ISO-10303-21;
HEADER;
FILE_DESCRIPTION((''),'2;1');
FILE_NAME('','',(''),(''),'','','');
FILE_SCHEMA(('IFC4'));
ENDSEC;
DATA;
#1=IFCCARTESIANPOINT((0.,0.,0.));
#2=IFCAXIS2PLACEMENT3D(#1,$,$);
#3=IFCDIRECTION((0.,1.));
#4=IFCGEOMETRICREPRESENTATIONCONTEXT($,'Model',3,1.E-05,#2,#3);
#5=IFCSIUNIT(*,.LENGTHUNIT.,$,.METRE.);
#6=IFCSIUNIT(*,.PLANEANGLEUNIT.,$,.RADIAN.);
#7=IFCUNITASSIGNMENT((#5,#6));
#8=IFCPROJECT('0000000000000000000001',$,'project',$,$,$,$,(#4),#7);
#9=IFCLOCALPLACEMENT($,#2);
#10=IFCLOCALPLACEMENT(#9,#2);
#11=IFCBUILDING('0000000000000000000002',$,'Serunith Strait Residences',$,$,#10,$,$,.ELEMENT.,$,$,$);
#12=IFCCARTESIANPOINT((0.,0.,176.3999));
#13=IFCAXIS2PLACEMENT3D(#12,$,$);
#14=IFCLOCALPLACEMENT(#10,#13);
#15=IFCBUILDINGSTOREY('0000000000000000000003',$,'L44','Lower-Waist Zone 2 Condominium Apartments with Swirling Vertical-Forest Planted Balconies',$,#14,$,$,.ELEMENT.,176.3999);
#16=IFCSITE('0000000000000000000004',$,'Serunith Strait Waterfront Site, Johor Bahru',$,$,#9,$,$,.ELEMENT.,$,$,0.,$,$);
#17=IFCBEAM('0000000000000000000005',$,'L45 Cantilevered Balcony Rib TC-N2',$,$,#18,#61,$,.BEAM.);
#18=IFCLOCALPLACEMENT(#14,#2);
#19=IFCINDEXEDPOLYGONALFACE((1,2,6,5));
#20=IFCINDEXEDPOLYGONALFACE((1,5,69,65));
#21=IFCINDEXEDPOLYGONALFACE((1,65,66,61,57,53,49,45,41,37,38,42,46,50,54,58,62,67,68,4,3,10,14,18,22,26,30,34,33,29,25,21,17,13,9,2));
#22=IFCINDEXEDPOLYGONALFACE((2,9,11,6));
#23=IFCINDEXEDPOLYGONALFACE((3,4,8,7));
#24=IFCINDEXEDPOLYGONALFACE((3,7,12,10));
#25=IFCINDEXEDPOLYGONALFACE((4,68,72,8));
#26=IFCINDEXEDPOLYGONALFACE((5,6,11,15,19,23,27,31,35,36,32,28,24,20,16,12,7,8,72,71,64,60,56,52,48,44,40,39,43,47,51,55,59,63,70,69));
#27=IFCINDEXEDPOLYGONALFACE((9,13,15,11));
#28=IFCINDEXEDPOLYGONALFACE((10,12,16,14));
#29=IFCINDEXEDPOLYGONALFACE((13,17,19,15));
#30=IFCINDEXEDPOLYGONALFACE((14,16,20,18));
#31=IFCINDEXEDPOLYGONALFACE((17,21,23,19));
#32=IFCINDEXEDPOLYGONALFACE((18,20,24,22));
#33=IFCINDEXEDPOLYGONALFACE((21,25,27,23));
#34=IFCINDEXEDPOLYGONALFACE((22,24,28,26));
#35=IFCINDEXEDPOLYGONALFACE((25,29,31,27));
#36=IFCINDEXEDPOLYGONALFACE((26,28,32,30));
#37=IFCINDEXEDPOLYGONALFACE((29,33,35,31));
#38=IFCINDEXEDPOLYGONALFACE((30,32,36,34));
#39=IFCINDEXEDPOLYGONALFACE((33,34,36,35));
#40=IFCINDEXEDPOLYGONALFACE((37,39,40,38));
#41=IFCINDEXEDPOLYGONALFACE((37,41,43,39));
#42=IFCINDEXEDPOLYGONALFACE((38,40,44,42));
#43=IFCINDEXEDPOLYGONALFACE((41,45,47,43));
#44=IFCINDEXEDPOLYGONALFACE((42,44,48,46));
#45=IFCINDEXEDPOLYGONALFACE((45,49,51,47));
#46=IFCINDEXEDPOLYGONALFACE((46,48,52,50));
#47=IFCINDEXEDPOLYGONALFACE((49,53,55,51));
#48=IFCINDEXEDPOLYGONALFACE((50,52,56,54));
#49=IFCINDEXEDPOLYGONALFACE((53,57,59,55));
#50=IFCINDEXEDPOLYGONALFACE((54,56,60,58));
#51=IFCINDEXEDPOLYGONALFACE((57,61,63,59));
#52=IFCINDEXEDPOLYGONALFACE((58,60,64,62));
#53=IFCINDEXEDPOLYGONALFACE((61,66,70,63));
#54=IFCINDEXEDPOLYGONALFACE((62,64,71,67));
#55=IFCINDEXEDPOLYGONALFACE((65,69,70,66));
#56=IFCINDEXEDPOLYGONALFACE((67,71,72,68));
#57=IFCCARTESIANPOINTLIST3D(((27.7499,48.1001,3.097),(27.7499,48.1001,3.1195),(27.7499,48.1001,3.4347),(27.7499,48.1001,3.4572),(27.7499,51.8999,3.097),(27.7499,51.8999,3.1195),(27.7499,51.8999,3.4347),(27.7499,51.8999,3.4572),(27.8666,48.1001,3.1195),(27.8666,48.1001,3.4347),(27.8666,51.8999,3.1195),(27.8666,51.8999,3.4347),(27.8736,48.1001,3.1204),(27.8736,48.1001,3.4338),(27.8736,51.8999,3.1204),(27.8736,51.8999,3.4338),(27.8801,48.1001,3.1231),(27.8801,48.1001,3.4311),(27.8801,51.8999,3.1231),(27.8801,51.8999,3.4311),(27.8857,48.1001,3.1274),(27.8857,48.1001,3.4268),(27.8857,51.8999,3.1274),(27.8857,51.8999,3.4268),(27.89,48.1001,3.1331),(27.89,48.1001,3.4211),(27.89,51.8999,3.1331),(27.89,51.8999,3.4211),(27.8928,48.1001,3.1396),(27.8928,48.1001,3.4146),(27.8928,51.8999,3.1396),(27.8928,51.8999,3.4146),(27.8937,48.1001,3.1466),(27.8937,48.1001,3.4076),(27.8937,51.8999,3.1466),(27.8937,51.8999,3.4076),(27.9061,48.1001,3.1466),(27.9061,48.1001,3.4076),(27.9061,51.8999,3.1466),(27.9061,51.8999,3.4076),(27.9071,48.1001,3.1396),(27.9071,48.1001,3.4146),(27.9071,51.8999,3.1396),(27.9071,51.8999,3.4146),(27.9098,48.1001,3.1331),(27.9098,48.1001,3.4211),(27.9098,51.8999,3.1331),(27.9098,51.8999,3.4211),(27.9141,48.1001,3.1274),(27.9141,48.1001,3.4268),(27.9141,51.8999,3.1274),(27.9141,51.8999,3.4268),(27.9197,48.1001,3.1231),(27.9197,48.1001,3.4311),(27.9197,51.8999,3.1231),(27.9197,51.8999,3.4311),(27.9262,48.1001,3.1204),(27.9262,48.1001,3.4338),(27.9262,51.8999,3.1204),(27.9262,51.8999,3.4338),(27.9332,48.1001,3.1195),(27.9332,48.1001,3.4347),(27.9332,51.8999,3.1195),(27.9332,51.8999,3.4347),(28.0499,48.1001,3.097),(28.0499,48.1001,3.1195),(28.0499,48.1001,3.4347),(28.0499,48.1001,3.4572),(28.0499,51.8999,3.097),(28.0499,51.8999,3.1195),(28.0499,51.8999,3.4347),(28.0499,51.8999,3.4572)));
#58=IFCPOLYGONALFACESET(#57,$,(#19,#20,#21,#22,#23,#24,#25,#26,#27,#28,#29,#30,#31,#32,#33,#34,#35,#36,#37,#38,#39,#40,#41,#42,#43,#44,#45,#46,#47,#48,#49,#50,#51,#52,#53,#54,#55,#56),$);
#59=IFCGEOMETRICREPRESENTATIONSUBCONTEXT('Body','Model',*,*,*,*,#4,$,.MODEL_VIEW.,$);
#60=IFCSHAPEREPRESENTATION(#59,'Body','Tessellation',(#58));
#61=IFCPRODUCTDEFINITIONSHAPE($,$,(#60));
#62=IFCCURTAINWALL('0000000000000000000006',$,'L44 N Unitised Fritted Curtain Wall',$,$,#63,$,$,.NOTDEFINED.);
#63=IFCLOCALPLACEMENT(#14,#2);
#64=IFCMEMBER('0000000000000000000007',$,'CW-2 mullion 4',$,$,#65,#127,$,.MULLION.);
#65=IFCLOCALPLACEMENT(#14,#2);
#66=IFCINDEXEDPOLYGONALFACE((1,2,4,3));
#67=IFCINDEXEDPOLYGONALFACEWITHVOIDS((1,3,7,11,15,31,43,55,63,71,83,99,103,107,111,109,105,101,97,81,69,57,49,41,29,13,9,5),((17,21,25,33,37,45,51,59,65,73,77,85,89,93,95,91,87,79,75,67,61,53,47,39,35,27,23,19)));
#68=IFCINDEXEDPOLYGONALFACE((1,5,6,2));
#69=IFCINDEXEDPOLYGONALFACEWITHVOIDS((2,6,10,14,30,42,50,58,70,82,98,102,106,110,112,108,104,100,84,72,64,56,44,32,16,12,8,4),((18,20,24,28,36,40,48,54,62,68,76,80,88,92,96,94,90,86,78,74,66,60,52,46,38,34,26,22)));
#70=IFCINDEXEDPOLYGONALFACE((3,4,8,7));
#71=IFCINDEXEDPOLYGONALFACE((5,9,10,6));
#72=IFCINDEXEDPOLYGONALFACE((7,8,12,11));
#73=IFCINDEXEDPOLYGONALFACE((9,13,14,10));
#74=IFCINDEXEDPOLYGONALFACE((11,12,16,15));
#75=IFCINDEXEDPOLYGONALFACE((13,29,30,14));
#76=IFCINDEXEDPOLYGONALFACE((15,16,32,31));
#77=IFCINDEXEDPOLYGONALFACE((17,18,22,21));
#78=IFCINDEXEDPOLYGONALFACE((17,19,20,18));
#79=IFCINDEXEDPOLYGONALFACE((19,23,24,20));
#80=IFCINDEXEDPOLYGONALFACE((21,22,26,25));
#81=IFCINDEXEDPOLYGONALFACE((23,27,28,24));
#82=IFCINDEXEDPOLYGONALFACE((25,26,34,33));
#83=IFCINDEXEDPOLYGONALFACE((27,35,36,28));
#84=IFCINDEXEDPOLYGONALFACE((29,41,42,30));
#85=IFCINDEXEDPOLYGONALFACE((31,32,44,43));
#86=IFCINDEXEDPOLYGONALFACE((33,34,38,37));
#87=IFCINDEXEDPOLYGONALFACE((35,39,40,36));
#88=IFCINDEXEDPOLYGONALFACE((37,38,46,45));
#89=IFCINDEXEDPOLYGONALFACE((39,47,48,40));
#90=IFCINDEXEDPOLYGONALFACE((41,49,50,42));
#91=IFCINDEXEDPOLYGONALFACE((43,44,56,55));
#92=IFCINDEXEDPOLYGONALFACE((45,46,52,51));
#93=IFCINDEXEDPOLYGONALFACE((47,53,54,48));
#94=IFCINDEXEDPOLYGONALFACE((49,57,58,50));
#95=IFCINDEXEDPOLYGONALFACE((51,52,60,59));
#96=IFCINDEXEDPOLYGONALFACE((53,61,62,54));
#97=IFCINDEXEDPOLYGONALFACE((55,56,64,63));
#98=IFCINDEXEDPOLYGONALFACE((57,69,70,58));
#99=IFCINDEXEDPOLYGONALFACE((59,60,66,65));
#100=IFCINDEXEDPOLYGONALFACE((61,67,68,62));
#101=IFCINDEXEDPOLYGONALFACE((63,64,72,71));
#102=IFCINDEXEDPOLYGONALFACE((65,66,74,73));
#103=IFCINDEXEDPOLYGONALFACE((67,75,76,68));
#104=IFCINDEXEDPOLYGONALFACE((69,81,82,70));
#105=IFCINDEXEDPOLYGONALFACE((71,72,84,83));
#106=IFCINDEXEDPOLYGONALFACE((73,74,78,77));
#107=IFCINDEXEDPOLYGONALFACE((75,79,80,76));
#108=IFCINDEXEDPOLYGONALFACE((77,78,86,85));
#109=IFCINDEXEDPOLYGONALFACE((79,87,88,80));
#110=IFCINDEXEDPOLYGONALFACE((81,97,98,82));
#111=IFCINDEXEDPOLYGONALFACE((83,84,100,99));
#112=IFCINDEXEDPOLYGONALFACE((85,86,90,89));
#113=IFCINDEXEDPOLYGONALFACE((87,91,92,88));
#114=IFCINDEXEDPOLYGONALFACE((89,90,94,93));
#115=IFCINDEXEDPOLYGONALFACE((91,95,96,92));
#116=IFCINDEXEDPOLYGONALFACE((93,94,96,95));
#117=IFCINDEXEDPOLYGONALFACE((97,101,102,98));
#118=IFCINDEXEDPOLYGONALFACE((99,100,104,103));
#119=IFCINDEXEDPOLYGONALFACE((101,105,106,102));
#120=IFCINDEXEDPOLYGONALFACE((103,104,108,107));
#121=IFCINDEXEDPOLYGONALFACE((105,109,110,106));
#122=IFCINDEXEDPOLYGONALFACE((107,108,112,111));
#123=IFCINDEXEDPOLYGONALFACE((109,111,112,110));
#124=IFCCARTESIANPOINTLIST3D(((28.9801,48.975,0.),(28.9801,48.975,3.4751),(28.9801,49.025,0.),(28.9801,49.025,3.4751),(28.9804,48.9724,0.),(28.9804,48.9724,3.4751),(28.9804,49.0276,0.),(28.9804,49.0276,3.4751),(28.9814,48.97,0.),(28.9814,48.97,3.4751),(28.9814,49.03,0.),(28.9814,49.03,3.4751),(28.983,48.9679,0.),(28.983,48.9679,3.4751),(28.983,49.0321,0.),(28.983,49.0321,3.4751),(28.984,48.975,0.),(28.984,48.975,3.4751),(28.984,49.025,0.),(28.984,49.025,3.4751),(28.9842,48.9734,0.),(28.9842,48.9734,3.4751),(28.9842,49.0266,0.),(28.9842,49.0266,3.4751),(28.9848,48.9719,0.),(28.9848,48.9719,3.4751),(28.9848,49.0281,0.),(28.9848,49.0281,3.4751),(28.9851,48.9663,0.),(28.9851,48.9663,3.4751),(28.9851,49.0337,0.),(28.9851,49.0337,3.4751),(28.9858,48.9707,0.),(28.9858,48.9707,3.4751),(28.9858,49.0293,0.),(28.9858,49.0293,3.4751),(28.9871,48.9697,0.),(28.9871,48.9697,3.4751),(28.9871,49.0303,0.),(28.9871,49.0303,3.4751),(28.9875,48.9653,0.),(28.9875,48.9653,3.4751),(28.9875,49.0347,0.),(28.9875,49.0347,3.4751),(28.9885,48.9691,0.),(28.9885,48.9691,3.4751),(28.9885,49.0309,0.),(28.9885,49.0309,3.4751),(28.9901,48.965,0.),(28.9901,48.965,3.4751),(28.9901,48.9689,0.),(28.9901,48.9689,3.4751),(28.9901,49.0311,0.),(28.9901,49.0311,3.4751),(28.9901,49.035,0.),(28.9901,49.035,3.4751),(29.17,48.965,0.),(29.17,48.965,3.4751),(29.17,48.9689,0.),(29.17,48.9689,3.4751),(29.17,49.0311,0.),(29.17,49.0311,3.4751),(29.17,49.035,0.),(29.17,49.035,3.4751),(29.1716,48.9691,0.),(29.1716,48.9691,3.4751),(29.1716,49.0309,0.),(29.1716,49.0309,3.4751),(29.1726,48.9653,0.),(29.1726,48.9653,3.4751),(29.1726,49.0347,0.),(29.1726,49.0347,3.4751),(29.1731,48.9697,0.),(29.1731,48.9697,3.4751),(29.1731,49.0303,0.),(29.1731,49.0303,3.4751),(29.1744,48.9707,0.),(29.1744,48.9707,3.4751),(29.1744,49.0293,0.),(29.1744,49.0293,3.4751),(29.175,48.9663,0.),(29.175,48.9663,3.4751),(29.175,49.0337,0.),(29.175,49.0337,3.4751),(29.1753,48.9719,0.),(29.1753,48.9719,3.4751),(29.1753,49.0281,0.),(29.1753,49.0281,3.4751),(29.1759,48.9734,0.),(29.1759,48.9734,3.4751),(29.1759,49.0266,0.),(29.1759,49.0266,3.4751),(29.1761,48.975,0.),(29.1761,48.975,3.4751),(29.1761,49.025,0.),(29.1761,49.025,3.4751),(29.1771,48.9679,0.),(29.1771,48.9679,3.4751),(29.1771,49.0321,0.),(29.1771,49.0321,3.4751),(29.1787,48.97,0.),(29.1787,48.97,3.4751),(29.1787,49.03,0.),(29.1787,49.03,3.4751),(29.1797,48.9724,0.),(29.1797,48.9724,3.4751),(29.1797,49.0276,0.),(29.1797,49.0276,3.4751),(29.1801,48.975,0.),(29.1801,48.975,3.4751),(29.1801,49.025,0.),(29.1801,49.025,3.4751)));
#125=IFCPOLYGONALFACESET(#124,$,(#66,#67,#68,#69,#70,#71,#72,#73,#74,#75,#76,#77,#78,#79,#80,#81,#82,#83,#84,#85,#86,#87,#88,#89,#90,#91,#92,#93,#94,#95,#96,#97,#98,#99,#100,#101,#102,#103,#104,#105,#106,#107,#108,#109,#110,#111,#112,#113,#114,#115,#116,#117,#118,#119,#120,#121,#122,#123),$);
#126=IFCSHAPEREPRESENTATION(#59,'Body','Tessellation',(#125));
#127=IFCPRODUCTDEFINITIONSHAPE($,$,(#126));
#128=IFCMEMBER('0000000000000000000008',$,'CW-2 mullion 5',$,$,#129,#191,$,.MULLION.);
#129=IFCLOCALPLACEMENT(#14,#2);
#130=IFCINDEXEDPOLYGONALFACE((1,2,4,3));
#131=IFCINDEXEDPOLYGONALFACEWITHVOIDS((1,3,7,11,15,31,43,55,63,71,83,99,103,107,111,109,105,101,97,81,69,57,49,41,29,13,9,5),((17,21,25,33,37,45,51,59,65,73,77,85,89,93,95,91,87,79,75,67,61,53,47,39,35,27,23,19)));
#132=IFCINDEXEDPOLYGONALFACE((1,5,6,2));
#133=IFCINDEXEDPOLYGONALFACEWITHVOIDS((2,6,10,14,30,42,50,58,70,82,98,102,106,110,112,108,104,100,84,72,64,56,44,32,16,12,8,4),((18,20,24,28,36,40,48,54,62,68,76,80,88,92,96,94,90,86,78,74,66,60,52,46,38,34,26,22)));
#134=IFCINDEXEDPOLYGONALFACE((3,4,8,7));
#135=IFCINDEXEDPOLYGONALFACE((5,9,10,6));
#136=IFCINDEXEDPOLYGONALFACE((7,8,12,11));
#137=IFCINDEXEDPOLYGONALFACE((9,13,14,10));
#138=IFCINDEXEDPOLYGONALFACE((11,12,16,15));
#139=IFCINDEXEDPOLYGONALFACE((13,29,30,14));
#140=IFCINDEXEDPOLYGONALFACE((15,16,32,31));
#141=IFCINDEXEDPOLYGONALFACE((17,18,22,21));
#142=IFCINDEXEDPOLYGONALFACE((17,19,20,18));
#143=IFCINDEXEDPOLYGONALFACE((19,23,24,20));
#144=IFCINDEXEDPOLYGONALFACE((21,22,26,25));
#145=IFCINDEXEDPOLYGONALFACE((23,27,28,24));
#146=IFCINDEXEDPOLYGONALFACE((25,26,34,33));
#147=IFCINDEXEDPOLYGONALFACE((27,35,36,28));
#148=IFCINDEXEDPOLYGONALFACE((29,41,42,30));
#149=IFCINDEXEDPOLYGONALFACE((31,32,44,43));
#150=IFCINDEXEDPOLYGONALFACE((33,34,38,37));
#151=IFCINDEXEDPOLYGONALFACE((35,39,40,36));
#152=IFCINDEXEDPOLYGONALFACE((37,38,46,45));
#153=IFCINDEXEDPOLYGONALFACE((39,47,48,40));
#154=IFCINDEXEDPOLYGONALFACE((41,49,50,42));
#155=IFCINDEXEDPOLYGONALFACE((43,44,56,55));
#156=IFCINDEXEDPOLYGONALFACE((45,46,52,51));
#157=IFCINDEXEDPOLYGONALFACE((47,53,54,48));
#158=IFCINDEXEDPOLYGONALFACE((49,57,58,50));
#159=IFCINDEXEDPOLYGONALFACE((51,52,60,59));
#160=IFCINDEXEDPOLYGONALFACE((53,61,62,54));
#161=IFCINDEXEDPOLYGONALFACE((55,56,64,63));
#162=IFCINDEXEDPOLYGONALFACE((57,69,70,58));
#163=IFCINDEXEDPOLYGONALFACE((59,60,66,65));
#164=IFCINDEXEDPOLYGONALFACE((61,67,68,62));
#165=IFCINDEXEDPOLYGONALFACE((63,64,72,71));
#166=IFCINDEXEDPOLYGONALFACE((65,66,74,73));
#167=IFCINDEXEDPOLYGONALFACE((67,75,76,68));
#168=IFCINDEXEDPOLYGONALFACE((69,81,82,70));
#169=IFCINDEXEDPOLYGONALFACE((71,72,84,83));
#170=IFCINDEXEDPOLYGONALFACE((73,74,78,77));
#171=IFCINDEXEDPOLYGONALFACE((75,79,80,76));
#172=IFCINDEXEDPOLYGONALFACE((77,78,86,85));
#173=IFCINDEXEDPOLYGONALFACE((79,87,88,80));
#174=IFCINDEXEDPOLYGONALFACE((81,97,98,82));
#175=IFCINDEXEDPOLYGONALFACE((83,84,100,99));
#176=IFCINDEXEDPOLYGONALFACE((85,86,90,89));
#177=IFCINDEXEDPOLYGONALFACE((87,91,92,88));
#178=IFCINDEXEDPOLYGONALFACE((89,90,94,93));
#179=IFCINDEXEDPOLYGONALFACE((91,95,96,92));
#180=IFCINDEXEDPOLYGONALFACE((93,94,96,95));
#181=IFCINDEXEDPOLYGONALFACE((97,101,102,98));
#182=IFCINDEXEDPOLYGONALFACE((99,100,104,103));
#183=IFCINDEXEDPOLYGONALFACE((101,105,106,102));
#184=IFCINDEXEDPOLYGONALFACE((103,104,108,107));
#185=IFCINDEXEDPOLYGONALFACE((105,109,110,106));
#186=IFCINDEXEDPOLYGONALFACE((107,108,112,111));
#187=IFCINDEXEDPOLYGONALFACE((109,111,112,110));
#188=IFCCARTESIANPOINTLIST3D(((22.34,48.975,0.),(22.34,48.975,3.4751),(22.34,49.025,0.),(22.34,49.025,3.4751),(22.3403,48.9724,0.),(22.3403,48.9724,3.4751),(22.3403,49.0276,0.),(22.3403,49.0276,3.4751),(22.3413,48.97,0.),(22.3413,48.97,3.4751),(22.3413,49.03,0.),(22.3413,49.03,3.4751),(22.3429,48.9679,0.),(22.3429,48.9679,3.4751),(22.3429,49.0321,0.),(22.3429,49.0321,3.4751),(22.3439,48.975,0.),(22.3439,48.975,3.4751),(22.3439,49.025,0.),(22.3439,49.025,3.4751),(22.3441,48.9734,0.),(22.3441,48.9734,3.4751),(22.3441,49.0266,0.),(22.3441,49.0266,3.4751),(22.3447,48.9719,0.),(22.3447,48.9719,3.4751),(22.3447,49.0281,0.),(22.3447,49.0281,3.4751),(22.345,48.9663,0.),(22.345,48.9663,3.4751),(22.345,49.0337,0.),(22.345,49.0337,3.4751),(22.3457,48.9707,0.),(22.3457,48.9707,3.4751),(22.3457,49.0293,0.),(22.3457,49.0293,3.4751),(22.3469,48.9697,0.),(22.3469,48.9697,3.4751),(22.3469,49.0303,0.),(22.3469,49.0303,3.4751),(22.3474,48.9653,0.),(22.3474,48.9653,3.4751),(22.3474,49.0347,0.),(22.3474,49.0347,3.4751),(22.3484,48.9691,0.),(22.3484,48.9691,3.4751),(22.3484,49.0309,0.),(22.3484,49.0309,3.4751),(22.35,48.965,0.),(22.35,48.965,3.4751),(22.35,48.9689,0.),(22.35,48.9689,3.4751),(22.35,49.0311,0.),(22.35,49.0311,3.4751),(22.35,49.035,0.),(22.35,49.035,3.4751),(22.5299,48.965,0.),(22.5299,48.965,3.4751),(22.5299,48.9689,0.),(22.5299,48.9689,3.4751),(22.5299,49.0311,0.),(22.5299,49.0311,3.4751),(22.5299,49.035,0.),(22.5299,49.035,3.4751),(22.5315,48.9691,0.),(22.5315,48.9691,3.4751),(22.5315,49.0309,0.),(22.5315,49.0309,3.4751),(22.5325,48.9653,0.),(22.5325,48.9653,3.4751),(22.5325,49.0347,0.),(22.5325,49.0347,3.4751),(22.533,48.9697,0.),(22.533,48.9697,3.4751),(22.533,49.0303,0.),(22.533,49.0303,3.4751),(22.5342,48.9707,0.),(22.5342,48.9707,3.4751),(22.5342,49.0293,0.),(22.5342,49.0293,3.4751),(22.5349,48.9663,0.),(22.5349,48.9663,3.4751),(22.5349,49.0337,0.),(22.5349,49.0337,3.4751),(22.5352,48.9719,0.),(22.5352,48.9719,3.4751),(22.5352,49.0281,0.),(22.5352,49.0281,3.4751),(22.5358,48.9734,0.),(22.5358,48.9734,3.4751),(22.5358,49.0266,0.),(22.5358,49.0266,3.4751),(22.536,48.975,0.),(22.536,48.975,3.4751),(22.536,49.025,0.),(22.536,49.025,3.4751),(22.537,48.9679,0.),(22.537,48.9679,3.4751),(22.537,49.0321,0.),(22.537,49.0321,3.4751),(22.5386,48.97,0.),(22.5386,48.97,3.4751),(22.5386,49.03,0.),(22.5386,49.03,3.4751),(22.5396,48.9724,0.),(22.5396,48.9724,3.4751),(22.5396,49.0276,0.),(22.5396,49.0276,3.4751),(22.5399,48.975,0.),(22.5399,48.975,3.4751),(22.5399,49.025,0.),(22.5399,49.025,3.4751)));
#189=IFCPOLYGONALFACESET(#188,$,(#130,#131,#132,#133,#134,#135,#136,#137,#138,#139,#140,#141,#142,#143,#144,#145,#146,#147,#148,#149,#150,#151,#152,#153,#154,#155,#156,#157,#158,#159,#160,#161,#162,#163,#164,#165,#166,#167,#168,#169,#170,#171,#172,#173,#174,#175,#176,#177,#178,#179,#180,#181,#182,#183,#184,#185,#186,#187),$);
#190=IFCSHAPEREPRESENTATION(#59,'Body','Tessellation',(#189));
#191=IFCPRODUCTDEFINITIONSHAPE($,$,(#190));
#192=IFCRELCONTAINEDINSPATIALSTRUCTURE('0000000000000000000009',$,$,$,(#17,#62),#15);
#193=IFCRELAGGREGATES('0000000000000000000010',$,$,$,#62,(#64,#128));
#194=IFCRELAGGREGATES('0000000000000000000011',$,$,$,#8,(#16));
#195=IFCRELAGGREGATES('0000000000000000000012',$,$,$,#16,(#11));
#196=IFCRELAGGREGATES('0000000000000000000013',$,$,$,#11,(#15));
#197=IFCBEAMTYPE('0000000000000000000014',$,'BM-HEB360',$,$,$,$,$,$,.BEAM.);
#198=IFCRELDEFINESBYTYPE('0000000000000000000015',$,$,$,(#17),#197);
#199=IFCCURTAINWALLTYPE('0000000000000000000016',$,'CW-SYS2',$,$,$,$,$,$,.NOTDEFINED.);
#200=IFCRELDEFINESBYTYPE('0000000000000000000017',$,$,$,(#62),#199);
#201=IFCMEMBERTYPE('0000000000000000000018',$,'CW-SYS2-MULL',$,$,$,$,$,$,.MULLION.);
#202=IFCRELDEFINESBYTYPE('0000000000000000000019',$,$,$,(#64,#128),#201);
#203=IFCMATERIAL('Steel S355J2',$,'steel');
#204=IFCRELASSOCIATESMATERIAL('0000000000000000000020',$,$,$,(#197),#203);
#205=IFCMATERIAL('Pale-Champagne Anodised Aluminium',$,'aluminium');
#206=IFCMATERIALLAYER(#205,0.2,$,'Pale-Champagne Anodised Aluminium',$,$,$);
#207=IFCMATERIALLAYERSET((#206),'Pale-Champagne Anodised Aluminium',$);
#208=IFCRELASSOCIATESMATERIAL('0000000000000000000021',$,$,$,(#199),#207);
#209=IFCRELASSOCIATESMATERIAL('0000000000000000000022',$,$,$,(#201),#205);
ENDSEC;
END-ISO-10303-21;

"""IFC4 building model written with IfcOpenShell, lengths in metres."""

from ifc_helpers import new_model, si_unit, direction, frame, origin, origin_2d, place, context, subcontext, project, spatial, hollow_rectangle, i_section, extrude, source, transform, mapped, material, layer, layer_set, material_profile, profile_set, type_object, element, aggregate, save


model = new_model("IFC4")

# Units and contexts
model_context = context("Model", 3, precision=1e-05, world=origin(), true_north=direction((0.0, 1.0)))
body_context = subcontext(model_context, "Body", "Model", "MODEL_VIEW")
ifc_project = project(units=[si_unit("LENGTHUNIT", "METRE"), si_unit("PLANEANGLEUNIT", "RADIAN")], contexts=[model_context])

# Site, building, storey
site_placement = place(None, origin())
site = spatial("IfcSite", under=ifc_project, at=site_placement, Name="Serunith Strait Waterfront Site, Johor Bahru", CompositionType="ELEMENT", RefElevation=0.0)
building_placement = place(site_placement, origin())
building = spatial("IfcBuilding", under=site, at=building_placement, Name="Serunith Strait Residences", CompositionType="ELEMENT")
storey_placement = place(building_placement, frame((0.0, 0.0, 176.3999)))
storey = spatial("IfcBuildingStorey", under=building, at=storey_placement, Name="L44", Description="Lower-Waist Zone 2 Condominium Apartments with Swirling Vertical-Forest Planted Balconies", CompositionType="ELEMENT", Elevation=176.3999)

# Beam
ifc_material_1 = material(Name="Steel S355J2", Category="steel")
ifc_material_profile_1 = material_profile(ifc_material_1, i_section(OverallWidth=0.3, OverallDepth=0.3601, WebThickness=0.0125, FlangeThickness=0.0225, FilletRadius=0.0271, at=origin_2d()), Name="HEB 360")
ifc_profile_set_1 = profile_set([ifc_material_profile_1], Name="Steel S355J2")
beam_type_1 = type_object("IfcBeamType", Name="BM-HEB360", PredefinedType="BEAM", material=ifc_profile_set_1)
shared_shape_1 = source(origin(), body_context, "Body", "SweptSolid", [
    extrude(i_section(OverallWidth=0.3, OverallDepth=0.3601, WebThickness=0.0125, FlangeThickness=0.0225, FilletRadius=0.0271, at=origin_2d()), origin(), (0.0, 0.0, 1.0), 3.7998),
])
beam_1_placement = place(storey_placement, frame((27.8999, 48.1001, 3.2771), z_axis=(0.0, 1.0, 0.0), x_axis=(-1.0, 0.0, 0.0)))
element("IfcBeam", 1, at=beam_1_placement, inside=storey, type_object=beam_type_1, Name="L45 Cantilevered Balcony Rib TC-N2", PredefinedType="BEAM", context=body_context, shape_type="MappedRepresentation", body=[
    mapped(shared_shape_1, transform((0.0, 0.0, 0.0), scale=1.0)),
])

# Curtain wall, members
ifc_material_2 = material(Name="Pale-Champagne Anodised Aluminium", Category="aluminium")
ifc_layer_1 = layer(ifc_material_2, 0.2, Name="Pale-Champagne Anodised Aluminium")
ifc_layer_set_1 = layer_set([ifc_layer_1], Name="Pale-Champagne Anodised Aluminium")
curtain_wall_type = type_object("IfcCurtainWallType", Name="CW-SYS2", PredefinedType="NOTDEFINED", material=ifc_layer_set_1)
curtain_wall_placement = place(storey_placement, origin())
curtain_wall = element("IfcCurtainWall", 2, at=curtain_wall_placement, inside=storey, type_object=curtain_wall_type, Name="L44 N Unitised Fritted Curtain Wall", PredefinedType="NOTDEFINED")
ifc_material_profile_2 = material_profile(ifc_material_2, hollow_rectangle(XDim=0.0701, YDim=0.2, WallThickness=0.0039, InnerFilletRadius=0.0061, OuterFilletRadius=0.01, at=origin_2d()), Name="ALU 200x70x4")
ifc_profile_set_2 = profile_set([ifc_material_profile_2], Name="Pale-Champagne Anodised Aluminium")
member_type_1 = type_object("IfcMemberType", Name="CW-SYS2-MULL", PredefinedType="MULLION", material=ifc_profile_set_2)
shared_shape_2 = source(origin(), body_context, "Body", "SweptSolid", [
    extrude(hollow_rectangle(XDim=0.0701, YDim=0.2, WallThickness=0.0039, InnerFilletRadius=0.0061, OuterFilletRadius=0.01, at=origin_2d()), origin(), (0.0, 0.0, 1.0), 3.4751),
])
member_1_placement = place(storey_placement, frame((29.0801, 49.0, 0.0), z_axis=(0.0, 0.0, 1.0), x_axis=(0.0, -1.0, 0.0)))
member_1 = element("IfcMember", 3, at=member_1_placement, type_object=member_type_1, Name="CW-2 mullion 4", PredefinedType="MULLION", context=body_context, shape_type="MappedRepresentation", body=[
    mapped(shared_shape_2, transform((0.0, 0.0, 0.0), scale=1.0)),
])
member_2_placement = place(storey_placement, frame((22.4399, 49.0, 0.0), z_axis=(0.0, 0.0, 1.0), x_axis=(0.0, -1.0, 0.0)))
member_2 = element("IfcMember", 4, at=member_2_placement, type_object=member_type_1, Name="CW-2 mullion 5", PredefinedType="MULLION", context=body_context, shape_type="MappedRepresentation", body=[
    mapped(shared_shape_2, transform((0.0, 0.0, 0.0), scale=1.0)),
])
aggregate(curtain_wall, [member_1, member_2])

save(model, "model.ifc")
